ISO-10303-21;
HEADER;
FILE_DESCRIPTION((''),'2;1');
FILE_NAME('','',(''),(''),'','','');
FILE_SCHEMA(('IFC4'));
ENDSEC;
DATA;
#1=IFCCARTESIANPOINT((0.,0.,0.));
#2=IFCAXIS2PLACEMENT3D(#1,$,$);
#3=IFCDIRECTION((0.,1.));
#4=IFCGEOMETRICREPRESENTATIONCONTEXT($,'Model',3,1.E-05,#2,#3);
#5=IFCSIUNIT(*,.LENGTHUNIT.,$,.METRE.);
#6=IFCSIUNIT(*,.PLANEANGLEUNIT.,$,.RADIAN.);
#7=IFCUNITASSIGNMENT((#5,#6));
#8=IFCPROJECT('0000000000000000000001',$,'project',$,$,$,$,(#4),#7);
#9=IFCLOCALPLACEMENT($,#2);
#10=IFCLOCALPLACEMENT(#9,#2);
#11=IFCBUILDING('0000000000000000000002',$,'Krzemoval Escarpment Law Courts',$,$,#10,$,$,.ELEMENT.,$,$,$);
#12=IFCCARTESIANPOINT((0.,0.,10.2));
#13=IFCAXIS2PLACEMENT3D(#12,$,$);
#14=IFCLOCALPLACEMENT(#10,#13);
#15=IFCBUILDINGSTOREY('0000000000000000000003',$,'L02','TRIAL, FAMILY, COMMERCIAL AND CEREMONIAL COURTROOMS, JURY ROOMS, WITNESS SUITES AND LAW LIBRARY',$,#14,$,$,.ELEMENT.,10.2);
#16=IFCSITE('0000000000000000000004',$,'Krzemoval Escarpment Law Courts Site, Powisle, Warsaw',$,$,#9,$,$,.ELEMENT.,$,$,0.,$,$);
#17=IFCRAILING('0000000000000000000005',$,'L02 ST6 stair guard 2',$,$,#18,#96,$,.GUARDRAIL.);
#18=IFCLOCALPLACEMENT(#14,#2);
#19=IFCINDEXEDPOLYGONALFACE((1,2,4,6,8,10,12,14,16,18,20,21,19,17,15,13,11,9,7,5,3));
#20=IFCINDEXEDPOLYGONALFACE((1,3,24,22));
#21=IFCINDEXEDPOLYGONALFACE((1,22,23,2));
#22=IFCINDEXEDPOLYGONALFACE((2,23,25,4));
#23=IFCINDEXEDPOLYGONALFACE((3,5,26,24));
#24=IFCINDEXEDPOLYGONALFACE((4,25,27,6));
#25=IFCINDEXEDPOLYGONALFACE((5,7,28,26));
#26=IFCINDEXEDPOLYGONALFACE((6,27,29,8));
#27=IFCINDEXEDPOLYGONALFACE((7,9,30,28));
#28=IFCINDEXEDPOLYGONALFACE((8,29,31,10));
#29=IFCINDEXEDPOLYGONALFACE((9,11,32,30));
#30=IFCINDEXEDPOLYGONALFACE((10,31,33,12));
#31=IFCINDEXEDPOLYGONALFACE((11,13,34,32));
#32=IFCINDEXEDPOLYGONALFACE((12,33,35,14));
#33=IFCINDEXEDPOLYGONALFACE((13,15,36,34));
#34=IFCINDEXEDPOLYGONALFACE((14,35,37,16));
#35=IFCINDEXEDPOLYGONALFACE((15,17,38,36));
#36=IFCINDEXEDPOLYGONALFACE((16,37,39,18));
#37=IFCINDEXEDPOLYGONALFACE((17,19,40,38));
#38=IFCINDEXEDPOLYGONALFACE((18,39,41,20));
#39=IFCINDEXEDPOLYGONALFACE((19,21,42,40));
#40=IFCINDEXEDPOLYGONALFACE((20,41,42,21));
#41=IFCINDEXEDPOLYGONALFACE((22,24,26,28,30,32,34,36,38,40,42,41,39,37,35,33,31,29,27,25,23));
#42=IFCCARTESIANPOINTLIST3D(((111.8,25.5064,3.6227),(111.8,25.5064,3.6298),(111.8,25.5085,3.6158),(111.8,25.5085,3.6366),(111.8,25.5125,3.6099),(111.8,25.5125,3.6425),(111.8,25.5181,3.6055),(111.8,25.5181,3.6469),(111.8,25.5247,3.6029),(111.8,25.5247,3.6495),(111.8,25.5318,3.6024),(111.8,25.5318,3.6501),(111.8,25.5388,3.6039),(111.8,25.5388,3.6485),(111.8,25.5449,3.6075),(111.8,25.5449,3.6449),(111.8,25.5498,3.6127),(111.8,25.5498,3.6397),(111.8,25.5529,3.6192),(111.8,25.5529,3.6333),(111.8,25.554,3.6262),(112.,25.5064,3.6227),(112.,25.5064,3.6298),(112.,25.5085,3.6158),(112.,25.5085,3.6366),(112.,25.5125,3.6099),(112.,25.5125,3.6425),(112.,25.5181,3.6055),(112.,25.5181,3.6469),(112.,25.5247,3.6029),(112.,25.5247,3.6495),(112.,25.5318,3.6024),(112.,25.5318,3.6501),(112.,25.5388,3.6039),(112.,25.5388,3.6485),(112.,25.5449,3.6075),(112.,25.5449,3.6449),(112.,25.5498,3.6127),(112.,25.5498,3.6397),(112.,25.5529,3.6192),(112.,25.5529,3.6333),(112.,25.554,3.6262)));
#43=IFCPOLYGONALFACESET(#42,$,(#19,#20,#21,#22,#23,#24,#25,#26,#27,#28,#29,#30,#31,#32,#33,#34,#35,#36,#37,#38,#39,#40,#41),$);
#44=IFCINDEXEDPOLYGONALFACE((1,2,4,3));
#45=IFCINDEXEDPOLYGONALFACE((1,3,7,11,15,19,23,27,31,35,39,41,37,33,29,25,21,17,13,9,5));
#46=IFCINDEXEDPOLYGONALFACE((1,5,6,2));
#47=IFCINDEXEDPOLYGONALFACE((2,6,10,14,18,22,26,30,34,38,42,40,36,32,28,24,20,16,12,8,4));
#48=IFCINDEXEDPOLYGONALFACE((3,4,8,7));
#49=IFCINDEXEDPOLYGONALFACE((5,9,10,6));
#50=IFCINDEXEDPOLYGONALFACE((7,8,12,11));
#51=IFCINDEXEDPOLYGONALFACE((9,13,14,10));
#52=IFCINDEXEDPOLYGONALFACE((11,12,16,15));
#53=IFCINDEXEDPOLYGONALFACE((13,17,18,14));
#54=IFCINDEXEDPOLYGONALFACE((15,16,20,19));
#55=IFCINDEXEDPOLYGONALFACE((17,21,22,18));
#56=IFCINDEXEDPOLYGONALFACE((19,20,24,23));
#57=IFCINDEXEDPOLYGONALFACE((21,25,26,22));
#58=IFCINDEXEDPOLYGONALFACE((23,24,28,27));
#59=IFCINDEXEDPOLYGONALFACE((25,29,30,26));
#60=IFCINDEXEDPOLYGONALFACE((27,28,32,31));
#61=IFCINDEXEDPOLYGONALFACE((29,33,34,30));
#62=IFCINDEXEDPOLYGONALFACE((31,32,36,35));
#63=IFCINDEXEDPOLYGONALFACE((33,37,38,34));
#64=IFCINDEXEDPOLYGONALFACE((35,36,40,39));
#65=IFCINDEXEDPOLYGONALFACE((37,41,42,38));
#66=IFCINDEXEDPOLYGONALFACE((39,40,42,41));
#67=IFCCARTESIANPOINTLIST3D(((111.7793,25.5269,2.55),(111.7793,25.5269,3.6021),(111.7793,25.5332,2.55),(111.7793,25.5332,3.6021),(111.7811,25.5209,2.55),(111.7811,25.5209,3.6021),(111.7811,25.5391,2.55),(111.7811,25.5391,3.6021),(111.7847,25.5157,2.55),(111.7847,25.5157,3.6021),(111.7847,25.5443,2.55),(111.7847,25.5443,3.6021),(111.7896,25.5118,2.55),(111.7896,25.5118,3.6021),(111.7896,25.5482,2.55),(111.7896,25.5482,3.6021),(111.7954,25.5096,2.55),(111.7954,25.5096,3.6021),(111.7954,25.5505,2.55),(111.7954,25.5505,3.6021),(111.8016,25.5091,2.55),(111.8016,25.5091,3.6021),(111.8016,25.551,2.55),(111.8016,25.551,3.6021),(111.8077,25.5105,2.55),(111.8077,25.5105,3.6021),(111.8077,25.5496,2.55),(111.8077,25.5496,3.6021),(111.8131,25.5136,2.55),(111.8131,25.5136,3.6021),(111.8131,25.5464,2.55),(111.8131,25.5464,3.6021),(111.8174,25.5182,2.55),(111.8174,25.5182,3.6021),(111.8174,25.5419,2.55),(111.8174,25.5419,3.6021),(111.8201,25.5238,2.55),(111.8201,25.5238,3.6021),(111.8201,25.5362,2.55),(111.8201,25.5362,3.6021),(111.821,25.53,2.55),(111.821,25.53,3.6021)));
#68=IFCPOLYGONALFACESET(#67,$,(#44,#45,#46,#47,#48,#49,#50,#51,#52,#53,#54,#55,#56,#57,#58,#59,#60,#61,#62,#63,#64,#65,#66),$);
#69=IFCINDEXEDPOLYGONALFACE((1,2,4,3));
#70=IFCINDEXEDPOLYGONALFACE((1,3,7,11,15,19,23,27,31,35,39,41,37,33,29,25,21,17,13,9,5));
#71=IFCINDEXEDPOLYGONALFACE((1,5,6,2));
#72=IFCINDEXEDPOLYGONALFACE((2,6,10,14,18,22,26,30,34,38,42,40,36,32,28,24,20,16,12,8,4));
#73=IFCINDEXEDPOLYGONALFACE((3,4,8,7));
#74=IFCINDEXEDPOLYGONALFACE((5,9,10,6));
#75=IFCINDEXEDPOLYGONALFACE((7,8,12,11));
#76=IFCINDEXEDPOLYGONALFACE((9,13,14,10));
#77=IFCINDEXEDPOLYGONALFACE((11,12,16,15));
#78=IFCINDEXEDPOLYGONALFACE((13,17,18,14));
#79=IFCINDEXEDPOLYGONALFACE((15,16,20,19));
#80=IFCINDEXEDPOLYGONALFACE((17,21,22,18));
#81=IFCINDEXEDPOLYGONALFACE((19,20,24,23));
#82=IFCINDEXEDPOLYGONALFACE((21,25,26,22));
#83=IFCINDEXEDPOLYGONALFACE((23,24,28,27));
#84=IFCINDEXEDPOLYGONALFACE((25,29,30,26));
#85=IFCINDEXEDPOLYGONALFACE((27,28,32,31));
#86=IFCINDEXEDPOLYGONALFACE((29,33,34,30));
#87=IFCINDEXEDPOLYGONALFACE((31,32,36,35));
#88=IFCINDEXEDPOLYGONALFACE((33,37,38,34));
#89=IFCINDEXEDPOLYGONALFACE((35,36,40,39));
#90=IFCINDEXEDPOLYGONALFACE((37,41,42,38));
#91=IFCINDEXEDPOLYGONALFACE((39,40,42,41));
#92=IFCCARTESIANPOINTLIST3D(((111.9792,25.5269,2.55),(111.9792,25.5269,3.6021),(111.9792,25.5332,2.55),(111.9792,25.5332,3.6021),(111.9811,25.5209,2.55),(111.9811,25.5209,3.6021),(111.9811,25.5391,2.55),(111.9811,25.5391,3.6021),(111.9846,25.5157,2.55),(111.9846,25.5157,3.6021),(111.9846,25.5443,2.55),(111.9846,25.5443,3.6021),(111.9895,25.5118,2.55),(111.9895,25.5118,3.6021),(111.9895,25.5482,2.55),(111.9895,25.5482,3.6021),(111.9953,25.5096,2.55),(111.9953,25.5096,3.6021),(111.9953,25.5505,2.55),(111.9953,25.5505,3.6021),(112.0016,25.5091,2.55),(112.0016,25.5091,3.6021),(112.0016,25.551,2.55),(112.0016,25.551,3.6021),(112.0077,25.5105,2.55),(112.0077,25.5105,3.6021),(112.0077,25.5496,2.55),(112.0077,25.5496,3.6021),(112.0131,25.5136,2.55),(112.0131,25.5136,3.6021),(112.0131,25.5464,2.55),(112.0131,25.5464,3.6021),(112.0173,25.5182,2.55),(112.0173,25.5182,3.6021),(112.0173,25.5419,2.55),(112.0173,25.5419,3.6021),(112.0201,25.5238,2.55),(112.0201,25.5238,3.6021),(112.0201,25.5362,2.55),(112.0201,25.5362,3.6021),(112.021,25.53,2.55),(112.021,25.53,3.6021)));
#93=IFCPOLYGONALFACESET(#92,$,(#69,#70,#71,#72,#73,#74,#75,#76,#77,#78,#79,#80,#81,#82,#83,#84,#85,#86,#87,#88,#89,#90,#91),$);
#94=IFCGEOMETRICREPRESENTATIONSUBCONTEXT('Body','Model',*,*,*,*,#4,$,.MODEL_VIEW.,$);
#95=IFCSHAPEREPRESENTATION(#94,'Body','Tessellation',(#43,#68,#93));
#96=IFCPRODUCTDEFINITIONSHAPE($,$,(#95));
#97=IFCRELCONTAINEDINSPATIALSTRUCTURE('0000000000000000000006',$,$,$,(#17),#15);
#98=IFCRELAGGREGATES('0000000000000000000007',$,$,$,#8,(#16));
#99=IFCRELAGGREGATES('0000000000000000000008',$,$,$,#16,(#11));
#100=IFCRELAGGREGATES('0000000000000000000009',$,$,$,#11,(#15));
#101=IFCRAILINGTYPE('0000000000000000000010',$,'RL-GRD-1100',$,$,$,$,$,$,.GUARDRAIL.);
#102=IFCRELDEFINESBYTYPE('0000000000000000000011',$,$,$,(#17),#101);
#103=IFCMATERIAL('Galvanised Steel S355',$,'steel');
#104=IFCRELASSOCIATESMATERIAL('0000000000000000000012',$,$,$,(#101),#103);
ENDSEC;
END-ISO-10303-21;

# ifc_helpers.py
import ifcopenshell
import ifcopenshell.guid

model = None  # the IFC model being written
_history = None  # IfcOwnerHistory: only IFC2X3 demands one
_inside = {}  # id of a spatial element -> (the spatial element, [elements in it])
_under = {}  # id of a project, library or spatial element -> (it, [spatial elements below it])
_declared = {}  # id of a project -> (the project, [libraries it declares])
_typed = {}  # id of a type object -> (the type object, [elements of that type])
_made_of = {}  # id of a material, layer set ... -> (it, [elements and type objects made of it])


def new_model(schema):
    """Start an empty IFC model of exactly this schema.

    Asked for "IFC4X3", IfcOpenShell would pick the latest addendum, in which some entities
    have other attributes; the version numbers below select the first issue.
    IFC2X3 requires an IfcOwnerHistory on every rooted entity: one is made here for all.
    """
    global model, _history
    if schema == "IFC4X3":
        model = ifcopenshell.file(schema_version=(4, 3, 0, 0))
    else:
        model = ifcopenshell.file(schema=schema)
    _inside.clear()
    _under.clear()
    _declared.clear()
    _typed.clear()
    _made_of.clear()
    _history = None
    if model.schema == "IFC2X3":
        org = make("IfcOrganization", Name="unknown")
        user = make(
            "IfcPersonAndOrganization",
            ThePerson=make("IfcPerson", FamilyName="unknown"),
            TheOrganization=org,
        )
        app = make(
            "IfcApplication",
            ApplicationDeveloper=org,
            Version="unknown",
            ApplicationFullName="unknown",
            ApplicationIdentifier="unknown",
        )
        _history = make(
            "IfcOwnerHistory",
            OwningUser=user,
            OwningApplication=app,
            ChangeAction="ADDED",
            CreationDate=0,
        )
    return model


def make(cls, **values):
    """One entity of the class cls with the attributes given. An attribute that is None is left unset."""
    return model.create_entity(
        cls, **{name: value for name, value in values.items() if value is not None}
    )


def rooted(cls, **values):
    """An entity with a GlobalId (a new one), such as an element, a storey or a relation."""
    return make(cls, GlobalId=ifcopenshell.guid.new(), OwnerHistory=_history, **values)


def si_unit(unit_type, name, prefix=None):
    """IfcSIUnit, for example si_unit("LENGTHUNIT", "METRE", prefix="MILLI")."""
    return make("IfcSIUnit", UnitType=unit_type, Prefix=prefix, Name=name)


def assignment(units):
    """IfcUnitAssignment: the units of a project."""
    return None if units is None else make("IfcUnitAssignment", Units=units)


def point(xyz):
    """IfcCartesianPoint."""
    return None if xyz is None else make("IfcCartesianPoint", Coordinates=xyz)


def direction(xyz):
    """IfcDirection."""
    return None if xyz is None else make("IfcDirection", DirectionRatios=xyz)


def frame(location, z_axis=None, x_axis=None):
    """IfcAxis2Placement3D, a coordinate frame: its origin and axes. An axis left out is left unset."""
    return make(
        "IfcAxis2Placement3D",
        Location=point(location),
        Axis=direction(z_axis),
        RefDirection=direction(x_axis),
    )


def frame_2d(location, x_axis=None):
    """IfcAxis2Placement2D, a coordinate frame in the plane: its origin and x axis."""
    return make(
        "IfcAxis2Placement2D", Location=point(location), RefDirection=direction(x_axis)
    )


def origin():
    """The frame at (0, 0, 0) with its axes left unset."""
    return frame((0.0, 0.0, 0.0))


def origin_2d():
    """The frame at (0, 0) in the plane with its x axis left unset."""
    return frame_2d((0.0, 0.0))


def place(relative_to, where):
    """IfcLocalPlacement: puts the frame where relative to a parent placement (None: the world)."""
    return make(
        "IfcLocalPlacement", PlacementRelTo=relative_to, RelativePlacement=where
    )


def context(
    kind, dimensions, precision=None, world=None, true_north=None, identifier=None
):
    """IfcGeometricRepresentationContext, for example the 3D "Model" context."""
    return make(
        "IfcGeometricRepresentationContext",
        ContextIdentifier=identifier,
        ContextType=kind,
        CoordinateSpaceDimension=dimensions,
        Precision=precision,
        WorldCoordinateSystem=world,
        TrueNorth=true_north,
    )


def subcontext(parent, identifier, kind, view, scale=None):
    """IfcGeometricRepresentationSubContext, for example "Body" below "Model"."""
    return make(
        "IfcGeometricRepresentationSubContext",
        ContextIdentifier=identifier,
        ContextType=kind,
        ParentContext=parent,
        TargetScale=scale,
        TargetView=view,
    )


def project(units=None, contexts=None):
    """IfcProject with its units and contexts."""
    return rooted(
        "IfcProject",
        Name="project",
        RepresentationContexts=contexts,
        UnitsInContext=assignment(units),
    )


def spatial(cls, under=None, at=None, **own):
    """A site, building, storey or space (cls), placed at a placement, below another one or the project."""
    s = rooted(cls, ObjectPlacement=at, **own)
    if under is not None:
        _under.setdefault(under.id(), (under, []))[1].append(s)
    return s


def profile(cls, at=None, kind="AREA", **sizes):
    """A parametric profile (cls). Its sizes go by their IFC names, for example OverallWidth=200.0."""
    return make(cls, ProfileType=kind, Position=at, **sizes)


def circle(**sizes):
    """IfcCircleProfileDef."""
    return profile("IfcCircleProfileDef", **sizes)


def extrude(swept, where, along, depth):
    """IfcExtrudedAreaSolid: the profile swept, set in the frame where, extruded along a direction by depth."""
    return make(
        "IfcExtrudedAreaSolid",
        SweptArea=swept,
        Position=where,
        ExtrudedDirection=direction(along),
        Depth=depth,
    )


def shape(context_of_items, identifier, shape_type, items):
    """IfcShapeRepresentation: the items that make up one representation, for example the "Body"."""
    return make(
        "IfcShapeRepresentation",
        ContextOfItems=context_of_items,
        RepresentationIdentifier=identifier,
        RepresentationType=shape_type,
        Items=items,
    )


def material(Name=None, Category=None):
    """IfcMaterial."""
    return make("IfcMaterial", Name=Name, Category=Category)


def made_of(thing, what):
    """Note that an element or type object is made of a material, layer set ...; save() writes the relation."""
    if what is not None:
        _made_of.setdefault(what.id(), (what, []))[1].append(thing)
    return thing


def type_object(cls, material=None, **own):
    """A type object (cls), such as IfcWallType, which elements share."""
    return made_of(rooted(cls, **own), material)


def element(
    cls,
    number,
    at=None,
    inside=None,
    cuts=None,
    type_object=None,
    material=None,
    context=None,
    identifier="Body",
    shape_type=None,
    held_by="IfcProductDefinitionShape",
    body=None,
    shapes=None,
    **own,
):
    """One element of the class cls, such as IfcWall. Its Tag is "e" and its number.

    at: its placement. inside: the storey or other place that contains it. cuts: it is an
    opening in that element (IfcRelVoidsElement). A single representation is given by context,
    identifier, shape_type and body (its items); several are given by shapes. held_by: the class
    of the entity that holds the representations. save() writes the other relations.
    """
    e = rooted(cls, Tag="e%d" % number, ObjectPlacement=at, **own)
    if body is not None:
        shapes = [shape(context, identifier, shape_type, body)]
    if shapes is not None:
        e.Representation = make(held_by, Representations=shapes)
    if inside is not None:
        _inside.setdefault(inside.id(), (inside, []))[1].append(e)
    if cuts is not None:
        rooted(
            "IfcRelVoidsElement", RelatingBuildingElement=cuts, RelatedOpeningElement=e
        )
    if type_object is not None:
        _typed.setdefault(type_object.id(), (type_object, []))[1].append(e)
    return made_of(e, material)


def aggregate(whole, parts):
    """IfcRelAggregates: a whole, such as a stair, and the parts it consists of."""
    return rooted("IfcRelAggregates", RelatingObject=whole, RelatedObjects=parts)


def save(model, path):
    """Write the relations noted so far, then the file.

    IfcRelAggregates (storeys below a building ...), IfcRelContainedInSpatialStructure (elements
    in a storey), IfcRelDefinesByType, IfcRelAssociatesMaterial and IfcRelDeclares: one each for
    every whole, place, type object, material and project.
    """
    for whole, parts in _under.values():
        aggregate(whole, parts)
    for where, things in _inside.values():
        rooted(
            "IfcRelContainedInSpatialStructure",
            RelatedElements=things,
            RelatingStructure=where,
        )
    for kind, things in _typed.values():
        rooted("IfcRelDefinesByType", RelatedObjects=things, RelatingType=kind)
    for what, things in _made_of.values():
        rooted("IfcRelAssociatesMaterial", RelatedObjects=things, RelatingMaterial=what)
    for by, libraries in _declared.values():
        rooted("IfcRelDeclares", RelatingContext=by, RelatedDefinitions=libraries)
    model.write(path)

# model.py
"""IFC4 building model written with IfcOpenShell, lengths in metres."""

from ifc_helpers import new_model, si_unit, direction, frame, origin, origin_2d, place, context, subcontext, project, spatial, circle, extrude, material, type_object, element, save


model = new_model("IFC4")

# Units and contexts
model_context = context("Model", 3, precision=1e-05, world=origin(), true_north=direction((0.0, 1.0)))
body_context = subcontext(model_context, "Body", "Model", "MODEL_VIEW")
ifc_project = project(units=[si_unit("LENGTHUNIT", "METRE"), si_unit("PLANEANGLEUNIT", "RADIAN")], contexts=[model_context])

# Site, building, storey
site_placement = place(None, origin())
site = spatial("IfcSite", under=ifc_project, at=site_placement, Name="Krzemoval Escarpment Law Courts Site, Powisle, Warsaw", CompositionType="ELEMENT", RefElevation=0.0)
building_placement = place(site_placement, origin())
building = spatial("IfcBuilding", under=site, at=building_placement, Name="Krzemoval Escarpment Law Courts", CompositionType="ELEMENT")
storey_placement = place(building_placement, frame((0.0, 0.0, 10.2)))
storey = spatial("IfcBuildingStorey", under=building, at=storey_placement, Name="L02", Description="TRIAL, FAMILY, COMMERCIAL AND CEREMONIAL COURTROOMS, JURY ROOMS, WITNESS SUITES AND LAW LIBRARY", CompositionType="ELEMENT", Elevation=10.2)

# Railing
ifc_material_1 = material(Name="Galvanised Steel S355", Category="steel")
railing_type = type_object("IfcRailingType", Name="RL-GRD-1100", PredefinedType="GUARDRAIL", material=ifc_material_1)
railing_1_placement = place(storey_placement, frame((111.8, 25.53, 2.55)))
element("IfcRailing", 1, at=railing_1_placement, inside=storey, type_object=railing_type, Name="L02 ST6 stair guard 2", PredefinedType="GUARDRAIL", context=body_context, shape_type="SweptSolid", body=[
    extrude(circle(Radius=0.0239, at=origin_2d()), frame((0.0, 0.0, 1.0762), z_axis=(1.0, 0.0, 0.0), x_axis=(0.0, 1.0, 0.0)), (0.0, 0.0, 1.0), 0.2),
    extrude(circle(Radius=0.021, at=origin_2d()), origin(), (0.0, 0.0, 1.0), 1.052),
    extrude(circle(Radius=0.021, at=origin_2d()), frame((0.2, 0.0, 0.0)), (0.0, 0.0, 1.0), 1.052),
])

save(model, "model.ifc")
